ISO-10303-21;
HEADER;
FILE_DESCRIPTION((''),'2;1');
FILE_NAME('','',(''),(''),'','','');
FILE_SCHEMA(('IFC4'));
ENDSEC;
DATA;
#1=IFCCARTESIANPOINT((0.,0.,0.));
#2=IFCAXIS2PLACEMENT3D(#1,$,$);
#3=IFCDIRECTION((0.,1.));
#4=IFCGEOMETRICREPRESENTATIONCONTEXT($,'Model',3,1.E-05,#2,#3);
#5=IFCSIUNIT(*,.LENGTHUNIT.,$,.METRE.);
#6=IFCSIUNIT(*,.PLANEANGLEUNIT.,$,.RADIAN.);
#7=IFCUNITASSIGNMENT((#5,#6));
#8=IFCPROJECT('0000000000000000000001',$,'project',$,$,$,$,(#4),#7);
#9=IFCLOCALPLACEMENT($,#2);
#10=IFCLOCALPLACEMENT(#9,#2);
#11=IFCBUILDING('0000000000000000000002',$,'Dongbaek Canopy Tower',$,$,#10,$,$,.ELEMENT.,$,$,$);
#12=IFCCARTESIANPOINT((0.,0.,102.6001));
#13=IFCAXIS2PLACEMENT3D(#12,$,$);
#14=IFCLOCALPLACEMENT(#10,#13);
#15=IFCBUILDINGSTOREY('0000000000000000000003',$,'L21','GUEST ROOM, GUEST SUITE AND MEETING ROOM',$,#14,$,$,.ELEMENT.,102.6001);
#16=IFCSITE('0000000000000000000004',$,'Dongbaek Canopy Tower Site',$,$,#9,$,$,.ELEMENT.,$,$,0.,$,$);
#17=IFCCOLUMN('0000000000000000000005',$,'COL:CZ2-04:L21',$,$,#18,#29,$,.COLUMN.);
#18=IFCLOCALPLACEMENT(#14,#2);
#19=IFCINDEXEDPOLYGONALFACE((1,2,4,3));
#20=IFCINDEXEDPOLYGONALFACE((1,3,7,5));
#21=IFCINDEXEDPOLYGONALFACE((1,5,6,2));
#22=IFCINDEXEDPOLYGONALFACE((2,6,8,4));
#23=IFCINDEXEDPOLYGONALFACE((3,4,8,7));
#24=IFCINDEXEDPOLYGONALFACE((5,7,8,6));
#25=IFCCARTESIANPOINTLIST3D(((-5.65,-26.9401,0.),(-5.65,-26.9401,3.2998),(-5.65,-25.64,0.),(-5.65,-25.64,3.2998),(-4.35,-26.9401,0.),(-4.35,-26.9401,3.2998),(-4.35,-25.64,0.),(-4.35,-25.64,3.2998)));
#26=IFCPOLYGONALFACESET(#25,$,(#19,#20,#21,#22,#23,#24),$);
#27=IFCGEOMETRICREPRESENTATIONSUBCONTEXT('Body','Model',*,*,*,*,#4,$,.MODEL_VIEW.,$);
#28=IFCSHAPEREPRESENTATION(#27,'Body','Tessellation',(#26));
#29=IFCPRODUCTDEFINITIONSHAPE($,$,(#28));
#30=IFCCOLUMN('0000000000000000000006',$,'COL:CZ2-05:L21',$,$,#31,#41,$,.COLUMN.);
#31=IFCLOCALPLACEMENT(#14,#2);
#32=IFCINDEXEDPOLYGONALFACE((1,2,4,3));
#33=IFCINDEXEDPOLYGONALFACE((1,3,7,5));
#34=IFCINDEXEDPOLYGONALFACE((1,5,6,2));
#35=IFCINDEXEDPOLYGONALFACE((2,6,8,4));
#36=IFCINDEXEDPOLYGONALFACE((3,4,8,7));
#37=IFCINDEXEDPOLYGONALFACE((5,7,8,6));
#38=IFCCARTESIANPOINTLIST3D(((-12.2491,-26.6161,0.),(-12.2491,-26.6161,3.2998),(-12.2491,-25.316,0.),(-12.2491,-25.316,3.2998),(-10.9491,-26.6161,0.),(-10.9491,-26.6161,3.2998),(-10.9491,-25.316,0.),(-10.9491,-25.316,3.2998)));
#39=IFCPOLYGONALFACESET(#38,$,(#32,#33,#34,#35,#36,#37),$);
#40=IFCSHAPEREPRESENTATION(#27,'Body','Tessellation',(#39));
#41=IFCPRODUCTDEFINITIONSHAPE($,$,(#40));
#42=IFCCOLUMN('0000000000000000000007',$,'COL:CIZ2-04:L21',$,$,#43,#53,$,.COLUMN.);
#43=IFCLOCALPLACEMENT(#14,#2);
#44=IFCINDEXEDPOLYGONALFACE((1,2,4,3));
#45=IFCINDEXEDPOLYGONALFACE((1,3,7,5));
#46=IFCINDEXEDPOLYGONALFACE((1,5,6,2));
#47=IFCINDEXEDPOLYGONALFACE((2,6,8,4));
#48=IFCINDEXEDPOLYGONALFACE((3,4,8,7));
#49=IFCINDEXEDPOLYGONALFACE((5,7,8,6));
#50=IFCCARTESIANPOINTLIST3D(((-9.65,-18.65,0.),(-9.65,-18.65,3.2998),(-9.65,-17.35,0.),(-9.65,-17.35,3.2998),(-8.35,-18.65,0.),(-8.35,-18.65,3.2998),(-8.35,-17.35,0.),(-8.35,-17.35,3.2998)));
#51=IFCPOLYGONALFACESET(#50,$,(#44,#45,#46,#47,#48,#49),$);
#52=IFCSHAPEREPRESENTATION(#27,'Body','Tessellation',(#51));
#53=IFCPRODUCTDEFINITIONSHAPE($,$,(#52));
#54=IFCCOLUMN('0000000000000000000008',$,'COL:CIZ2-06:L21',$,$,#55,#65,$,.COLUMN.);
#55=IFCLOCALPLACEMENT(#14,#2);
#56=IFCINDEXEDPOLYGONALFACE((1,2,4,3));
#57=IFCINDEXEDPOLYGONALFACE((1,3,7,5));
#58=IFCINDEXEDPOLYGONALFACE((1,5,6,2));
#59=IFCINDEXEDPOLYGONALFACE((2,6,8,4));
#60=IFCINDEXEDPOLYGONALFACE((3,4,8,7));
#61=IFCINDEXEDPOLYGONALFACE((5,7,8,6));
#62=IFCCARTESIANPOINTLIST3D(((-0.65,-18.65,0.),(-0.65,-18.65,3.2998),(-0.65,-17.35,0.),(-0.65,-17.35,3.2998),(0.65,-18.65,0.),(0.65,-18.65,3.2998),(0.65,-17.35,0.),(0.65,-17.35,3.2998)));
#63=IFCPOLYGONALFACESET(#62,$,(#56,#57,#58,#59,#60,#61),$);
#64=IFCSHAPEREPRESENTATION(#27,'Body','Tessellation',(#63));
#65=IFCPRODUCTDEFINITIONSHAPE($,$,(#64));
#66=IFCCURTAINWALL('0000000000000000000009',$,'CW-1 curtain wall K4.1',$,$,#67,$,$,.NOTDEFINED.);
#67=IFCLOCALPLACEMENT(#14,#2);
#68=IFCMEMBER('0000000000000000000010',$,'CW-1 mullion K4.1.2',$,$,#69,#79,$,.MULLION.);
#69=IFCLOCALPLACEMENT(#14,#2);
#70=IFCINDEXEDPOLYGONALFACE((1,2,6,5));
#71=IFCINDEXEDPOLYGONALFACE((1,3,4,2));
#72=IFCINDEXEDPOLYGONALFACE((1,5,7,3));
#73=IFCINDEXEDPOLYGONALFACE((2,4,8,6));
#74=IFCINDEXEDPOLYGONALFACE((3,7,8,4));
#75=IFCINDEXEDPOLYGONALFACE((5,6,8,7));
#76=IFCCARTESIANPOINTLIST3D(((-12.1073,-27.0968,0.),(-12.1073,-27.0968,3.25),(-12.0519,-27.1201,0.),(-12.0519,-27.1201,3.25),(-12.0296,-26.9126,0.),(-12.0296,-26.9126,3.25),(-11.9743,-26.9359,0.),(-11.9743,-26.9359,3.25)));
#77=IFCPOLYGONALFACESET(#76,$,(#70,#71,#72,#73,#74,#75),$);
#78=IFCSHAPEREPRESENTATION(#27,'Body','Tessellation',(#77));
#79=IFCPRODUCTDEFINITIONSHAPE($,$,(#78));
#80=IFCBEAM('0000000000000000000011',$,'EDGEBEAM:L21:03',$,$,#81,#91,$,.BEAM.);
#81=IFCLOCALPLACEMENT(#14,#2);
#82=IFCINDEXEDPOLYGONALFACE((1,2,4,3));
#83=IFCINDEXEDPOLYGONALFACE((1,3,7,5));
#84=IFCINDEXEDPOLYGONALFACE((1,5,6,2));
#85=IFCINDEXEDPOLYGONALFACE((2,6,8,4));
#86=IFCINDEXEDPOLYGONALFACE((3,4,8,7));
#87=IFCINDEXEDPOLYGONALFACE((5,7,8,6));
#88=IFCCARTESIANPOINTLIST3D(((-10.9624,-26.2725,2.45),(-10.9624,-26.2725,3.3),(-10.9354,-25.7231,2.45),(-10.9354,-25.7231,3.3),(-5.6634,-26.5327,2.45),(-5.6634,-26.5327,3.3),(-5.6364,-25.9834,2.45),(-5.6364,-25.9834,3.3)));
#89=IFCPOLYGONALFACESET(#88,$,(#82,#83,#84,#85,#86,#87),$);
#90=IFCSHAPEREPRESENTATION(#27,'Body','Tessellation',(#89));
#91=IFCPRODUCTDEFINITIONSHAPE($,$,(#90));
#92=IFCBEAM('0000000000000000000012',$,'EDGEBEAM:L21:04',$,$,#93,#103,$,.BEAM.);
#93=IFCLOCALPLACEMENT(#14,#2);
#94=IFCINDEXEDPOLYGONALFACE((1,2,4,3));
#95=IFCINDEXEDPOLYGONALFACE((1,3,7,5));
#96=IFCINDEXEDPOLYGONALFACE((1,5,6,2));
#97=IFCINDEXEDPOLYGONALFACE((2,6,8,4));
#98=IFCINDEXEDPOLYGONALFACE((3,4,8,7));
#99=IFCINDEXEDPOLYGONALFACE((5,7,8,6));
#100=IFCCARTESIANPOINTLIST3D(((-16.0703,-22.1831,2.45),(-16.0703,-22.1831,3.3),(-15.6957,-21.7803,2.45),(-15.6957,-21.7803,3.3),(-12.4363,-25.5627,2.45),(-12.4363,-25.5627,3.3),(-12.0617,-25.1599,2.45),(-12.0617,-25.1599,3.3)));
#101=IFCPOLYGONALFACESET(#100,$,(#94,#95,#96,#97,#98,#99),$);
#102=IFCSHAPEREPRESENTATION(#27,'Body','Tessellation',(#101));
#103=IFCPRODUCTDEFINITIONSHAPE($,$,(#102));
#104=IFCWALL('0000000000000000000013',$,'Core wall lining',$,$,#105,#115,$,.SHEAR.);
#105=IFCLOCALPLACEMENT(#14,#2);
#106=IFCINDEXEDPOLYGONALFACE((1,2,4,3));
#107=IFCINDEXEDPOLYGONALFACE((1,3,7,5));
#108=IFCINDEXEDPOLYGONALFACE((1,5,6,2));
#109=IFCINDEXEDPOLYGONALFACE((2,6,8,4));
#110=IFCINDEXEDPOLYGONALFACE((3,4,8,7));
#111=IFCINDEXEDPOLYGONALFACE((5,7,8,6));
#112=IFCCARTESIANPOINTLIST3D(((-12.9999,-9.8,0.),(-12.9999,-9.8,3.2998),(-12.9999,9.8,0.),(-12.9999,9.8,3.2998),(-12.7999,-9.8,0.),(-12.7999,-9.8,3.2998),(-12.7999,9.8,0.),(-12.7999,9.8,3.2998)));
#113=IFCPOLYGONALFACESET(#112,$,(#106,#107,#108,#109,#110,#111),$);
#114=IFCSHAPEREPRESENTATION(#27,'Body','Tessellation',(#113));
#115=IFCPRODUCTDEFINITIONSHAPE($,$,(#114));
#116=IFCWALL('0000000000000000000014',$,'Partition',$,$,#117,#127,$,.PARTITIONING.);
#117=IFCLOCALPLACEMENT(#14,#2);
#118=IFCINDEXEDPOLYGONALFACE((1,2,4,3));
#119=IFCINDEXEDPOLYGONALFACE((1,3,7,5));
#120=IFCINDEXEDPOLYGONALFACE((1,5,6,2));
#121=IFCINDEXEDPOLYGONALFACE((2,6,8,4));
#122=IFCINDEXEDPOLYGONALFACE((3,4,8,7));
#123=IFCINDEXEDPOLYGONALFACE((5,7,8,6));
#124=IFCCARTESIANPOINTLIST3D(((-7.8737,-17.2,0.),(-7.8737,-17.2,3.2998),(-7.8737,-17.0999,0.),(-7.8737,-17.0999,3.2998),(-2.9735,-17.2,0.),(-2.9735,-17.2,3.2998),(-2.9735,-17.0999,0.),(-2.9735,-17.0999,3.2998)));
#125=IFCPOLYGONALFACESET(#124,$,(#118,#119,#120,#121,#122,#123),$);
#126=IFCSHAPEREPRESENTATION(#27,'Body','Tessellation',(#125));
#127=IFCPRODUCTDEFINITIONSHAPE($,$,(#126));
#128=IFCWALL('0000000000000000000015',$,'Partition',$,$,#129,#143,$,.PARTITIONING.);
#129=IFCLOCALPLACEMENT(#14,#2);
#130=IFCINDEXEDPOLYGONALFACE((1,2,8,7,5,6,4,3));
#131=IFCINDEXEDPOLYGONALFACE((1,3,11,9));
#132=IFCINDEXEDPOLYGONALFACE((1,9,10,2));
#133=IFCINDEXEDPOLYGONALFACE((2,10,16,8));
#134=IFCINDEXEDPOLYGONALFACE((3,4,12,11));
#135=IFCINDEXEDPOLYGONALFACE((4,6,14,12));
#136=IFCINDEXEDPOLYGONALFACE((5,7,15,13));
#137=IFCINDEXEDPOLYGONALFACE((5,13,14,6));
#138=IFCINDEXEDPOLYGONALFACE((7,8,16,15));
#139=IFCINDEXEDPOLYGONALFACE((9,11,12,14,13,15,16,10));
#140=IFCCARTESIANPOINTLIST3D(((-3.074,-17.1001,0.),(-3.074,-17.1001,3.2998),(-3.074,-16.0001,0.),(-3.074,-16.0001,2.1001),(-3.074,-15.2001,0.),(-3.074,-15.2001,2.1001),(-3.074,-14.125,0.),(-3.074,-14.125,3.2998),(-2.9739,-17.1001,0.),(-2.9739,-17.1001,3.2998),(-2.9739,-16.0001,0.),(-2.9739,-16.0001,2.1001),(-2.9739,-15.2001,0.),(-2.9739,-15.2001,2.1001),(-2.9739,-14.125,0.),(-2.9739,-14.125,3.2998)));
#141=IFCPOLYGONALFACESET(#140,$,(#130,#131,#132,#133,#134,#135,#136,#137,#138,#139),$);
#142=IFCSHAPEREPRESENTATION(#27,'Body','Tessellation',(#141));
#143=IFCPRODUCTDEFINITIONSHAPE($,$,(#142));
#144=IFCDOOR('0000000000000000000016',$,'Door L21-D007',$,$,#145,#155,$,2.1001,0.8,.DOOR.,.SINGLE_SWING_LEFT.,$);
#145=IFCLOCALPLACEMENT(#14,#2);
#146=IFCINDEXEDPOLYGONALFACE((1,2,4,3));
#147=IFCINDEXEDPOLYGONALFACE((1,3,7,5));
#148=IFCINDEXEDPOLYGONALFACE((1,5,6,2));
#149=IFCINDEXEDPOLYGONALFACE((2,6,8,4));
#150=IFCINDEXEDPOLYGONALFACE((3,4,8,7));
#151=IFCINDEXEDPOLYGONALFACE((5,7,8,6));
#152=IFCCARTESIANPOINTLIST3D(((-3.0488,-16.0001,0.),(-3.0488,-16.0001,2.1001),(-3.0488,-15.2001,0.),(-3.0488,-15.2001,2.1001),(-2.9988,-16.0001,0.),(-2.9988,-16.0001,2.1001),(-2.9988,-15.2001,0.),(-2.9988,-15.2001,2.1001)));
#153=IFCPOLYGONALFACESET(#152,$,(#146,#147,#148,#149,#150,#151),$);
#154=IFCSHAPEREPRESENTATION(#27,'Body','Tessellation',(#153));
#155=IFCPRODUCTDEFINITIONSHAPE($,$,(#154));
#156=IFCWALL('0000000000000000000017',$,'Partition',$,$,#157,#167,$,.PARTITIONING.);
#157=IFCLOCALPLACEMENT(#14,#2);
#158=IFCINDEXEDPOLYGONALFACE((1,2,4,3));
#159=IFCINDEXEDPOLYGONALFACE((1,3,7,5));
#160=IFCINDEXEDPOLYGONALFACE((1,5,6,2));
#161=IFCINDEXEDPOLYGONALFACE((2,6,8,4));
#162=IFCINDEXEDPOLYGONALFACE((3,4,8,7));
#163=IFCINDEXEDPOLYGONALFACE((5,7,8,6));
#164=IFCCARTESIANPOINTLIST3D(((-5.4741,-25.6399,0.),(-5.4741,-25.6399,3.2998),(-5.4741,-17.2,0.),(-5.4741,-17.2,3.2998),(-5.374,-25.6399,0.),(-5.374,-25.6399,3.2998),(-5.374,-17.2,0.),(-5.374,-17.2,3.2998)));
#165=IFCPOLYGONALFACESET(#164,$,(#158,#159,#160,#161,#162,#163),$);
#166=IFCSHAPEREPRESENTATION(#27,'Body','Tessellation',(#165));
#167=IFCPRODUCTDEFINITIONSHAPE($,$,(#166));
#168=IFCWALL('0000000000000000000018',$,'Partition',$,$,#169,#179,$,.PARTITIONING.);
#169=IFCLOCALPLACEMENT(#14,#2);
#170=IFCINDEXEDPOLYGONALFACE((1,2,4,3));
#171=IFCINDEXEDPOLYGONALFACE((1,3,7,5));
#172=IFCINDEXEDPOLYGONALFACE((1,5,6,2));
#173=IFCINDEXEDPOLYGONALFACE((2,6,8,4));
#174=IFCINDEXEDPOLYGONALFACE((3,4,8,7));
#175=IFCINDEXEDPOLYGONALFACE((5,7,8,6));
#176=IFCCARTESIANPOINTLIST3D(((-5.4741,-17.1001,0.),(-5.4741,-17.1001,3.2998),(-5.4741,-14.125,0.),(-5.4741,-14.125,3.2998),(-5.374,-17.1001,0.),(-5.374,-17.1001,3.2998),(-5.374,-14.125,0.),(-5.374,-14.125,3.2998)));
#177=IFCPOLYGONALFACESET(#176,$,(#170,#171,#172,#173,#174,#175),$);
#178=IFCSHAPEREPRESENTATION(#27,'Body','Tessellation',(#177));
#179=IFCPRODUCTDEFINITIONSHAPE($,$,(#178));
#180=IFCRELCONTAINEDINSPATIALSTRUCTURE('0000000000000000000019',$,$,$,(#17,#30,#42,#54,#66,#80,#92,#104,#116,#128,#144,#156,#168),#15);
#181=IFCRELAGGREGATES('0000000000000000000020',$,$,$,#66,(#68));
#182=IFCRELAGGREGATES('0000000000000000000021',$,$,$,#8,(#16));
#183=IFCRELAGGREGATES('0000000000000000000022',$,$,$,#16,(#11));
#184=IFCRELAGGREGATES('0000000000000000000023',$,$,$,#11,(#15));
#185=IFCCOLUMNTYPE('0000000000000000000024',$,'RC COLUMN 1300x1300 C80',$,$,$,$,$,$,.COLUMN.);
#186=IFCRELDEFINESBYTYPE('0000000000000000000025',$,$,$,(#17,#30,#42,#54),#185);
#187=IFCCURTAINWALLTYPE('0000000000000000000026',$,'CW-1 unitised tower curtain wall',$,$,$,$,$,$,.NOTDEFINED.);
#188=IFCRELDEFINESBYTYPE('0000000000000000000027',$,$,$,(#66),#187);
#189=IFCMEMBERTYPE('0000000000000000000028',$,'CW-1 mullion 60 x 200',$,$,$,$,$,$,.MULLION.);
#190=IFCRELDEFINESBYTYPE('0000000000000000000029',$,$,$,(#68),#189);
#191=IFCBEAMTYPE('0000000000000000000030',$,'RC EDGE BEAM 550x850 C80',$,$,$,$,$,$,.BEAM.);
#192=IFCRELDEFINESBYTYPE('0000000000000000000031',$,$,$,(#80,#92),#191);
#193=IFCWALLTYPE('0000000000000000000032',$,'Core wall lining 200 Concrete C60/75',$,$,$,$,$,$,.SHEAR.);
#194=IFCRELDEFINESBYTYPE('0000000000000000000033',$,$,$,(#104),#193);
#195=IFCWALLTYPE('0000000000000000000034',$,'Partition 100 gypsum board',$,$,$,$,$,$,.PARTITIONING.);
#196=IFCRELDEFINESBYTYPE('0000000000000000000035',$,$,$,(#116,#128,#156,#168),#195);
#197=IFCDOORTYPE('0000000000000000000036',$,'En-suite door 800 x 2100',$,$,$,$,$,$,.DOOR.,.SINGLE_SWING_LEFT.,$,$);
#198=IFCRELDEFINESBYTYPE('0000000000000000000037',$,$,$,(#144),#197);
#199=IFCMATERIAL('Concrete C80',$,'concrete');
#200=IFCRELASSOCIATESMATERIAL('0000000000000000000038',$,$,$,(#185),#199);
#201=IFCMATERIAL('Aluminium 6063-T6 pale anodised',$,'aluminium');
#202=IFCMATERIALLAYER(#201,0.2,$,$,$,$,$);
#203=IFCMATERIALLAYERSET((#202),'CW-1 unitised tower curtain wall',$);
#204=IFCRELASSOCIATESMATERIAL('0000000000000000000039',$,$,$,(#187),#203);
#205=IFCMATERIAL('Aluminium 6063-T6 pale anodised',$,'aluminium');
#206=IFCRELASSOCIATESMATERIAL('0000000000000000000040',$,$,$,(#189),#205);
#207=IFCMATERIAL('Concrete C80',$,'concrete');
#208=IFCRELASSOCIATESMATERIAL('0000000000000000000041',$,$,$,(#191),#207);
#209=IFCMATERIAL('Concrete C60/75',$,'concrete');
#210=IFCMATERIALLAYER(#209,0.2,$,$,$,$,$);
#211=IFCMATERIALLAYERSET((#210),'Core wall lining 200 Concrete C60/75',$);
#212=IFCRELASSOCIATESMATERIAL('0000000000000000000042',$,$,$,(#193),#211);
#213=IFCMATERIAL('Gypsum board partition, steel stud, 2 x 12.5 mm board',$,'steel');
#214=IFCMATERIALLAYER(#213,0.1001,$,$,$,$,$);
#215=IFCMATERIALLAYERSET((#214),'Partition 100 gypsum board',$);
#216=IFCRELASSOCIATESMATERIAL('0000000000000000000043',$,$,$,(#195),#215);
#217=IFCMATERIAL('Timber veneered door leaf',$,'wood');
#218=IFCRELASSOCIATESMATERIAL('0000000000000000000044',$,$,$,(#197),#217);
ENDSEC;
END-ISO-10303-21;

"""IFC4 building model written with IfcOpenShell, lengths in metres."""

from ifc_helpers import new_model, si_unit, direction, frame, frame_2d, origin, origin_2d, place, context, subcontext, project, spatial, rectangle, extrude, material, layer, layer_set, material_profile, profile_set, type_object, element, fill, aggregate, save


model = new_model("IFC4")

# Units and contexts
model_context = context("Model", 3, precision=1e-05, world=origin(), true_north=direction((0.0, 1.0)))
body_context = subcontext(model_context, "Body", "Model", "MODEL_VIEW")
ifc_project = project(units=[si_unit("LENGTHUNIT", "METRE"), si_unit("PLANEANGLEUNIT", "RADIAN")], contexts=[model_context])

# Site, building, storey
site_placement = place(None, origin())
site = spatial("IfcSite", under=ifc_project, at=site_placement, Name="Dongbaek Canopy Tower Site", CompositionType="ELEMENT", RefElevation=0.0)
building_placement = place(site_placement, origin())
building = spatial("IfcBuilding", under=site, at=building_placement, Name="Dongbaek Canopy Tower", CompositionType="ELEMENT")
storey_placement = place(building_placement, frame((0.0, 0.0, 102.6001)))
storey = spatial("IfcBuildingStorey", under=building, at=storey_placement, Name="L21", Description="GUEST ROOM, GUEST SUITE AND MEETING ROOM", CompositionType="ELEMENT", Elevation=102.6001)

# Columns
ifc_material_1 = material(Name="Concrete C80", Category="concrete")
ifc_material_profile_1 = material_profile(ifc_material_1, rectangle(XDim=1.3, YDim=1.3, at=origin_2d()), Name="RC COLUMN 1300x1300 C80")
ifc_profile_set_1 = profile_set([ifc_material_profile_1], Name="Concrete C80")
column_type = type_object("IfcColumnType", Name="RC COLUMN 1300x1300 C80", PredefinedType="COLUMN", material=ifc_profile_set_1)
for number, where, z_axis, x_axis, name in (
    (1, (-5.0, -26.29, 0.0), (0.0, 0.0, 1.0), (1.0, 0.0, 0.0), "COL:CZ2-04:L21"),
    (2, (-11.5991, -25.9661, 0.0), (0.0, 0.0, 1.0), (1.0, 0.0, 0.0), "COL:CZ2-05:L21"),
    (3, (-9.0, -18.0, 0.0), (0.0, 0.0, 1.0), (1.0, 0.0, 0.0), "COL:CIZ2-04:L21"),
    (4, (0.0, -18.0, 0.0), (0.0, 0.0, 1.0), (1.0, 0.0, 0.0), "COL:CIZ2-06:L21"),
):
    element("IfcColumn", number, at=place(storey_placement, frame(where, z_axis=z_axis, x_axis=x_axis)), inside=storey, type_object=column_type, Name=name, PredefinedType="COLUMN", context=body_context, shape_type="SweptSolid", body=[
        extrude(rectangle(XDim=1.3, YDim=1.3, at=origin_2d()), origin(), (0.0, 0.0, 1.0), 3.2998),
    ])

# Curtain wall, member
ifc_material_2 = material(Name="Aluminium 6063-T6 pale anodised", Category="aluminium")
ifc_layer_1 = layer(ifc_material_2, 0.2)
ifc_layer_set_1 = layer_set([ifc_layer_1], Name="CW-1 unitised tower curtain wall")
curtain_wall_type = type_object("IfcCurtainWallType", Name="CW-1 unitised tower curtain wall", PredefinedType="NOTDEFINED", material=ifc_layer_set_1)
curtain_wall_placement = place(storey_placement, origin())
curtain_wall = element("IfcCurtainWall", 5, at=curtain_wall_placement, inside=storey, type_object=curtain_wall_type, Name="CW-1 curtain wall K4.1", PredefinedType="NOTDEFINED")
ifc_material_3 = material(Name="Aluminium 6063-T6 pale anodised", Category="aluminium")
ifc_material_profile_2 = material_profile(ifc_material_3, rectangle(XDim=0.2, YDim=0.0601, at=origin_2d()), Name="CW-1 mullion 60 x 200")
ifc_profile_set_2 = profile_set([ifc_material_profile_2], Name="Aluminium 6063-T6 pale anodised")
member_type = type_object("IfcMemberType", Name="CW-1 mullion 60 x 200", PredefinedType="MULLION", material=ifc_profile_set_2)
member_placement = place(storey_placement, frame((-12.0408, -27.0164, 0.0), z_axis=(0.0, 0.0, 1.0), x_axis=(-0.38849, -0.921453, 0.0)))
member = element("IfcMember", 6, at=member_placement, type_object=member_type, Name="CW-1 mullion K4.1.2", PredefinedType="MULLION", context=body_context, shape_type="SweptSolid", body=[
    extrude(rectangle(XDim=0.2, YDim=0.0601, at=origin_2d()), origin(), (0.0, 0.0, 1.0), 3.25),
])
aggregate(curtain_wall, [member])

# Beams
ifc_material_4 = material(Name="Concrete C80", Category="concrete")
ifc_material_profile_3 = material_profile(ifc_material_4, rectangle(XDim=0.55, YDim=0.8501, at=origin_2d()), Name="RC EDGE BEAM 550x850 C80")
ifc_profile_set_3 = profile_set([ifc_material_profile_3], Name="Concrete C80")
beam_type = type_object("IfcBeamType", Name="RC EDGE BEAM 550x850 C80", PredefinedType="BEAM", material=ifc_profile_set_3)
beam_1_placement = place(storey_placement, frame((-5.6499, -26.2581, 2.875), z_axis=(-0.998796, 0.049054, 0.0), x_axis=(-0.049054, -0.998796, 0.0)))
element("IfcBeam", 7, at=beam_1_placement, inside=storey, type_object=beam_type, Name="EDGEBEAM:L21:03", PredefinedType="BEAM", context=body_context, shape_type="SweptSolid", body=[
    extrude(rectangle(XDim=0.55, YDim=0.8501, at=origin_2d()), origin(), (0.0, 0.0, 1.0), 5.3054),
])
beam_2_placement = place(storey_placement, frame((-12.249, -25.3613, 2.875), z_axis=(-0.732273, 0.681011, 0.0), x_axis=(-0.681011, -0.732273, 0.0)))
element("IfcBeam", 8, at=beam_2_placement, inside=storey, type_object=beam_type, Name="EDGEBEAM:L21:04", PredefinedType="BEAM", context=body_context, shape_type="SweptSolid", body=[
    extrude(rectangle(XDim=0.55, YDim=0.8501, at=origin_2d()), origin(), (0.0, 0.0, 1.0), 4.9626),
])

# Walls
ifc_material_5 = material(Name="Concrete C60/75", Category="concrete")
ifc_layer_2 = layer(ifc_material_5, 0.2)
ifc_layer_set_2 = layer_set([ifc_layer_2], Name="Core wall lining 200 Concrete C60/75")
wall_type_1 = type_object("IfcWallType", Name="Core wall lining 200 Concrete C60/75", PredefinedType="SHEAR", material=ifc_layer_set_2)
wall_1_placement = place(storey_placement, frame((-12.8999, -9.8, 0.0), z_axis=(0.0, 0.0, 1.0), x_axis=(0.0, 1.0, 0.0)))
element("IfcWall", 9, at=wall_1_placement, inside=storey, type_object=wall_type_1, Name="Core wall lining", PredefinedType="SHEAR", context=body_context, shape_type="SweptSolid", body=[
    extrude(rectangle(XDim=19.6001, YDim=0.2, at=frame_2d((9.8, 0.0))), origin(), (0.0, 0.0, 1.0), 3.2998),
])
ifc_material_6 = material(Name="Gypsum board partition, steel stud, 2 x 12.5 mm board", Category="steel")
ifc_layer_3 = layer(ifc_material_6, 0.1001)
ifc_layer_set_3 = layer_set([ifc_layer_3], Name="Partition 100 gypsum board")
wall_type_2 = type_object("IfcWallType", Name="Partition 100 gypsum board", PredefinedType="PARTITIONING", material=ifc_layer_set_3)
wall_2_placement = place(storey_placement, frame((-7.8738, -17.1499, 0.0), z_axis=(0.0, 0.0, 1.0), x_axis=(1.0, 0.0, 0.0)))
element("IfcWall", 10, at=wall_2_placement, inside=storey, type_object=wall_type_2, Name="Partition", PredefinedType="PARTITIONING", context=body_context, shape_type="SweptSolid", body=[
    extrude(rectangle(XDim=4.9001, YDim=0.1001, at=frame_2d((2.4502, 0.0))), origin(), (0.0, 0.0, 1.0), 3.2998),
])

# Wall, opening, door
wall_3_placement = place(storey_placement, frame((-3.0239, -17.1001, 0.0), z_axis=(0.0, 0.0, 1.0), x_axis=(0.0, 1.0, 0.0)))
wall_3 = element("IfcWall", 11, at=wall_3_placement, inside=storey, type_object=wall_type_2, Name="Partition", PredefinedType="PARTITIONING", context=body_context, shape_type="SweptSolid", body=[
    extrude(rectangle(XDim=2.9751, YDim=0.1001, at=frame_2d((1.4875, 0.0))), origin(), (0.0, 0.0, 1.0), 3.2998),
])
opening_1_placement = place(wall_3_placement, frame((1.1001, 0.0, 0.0)))
opening_1 = element("IfcOpeningElement", 12, at=opening_1_placement, cuts=wall_3, PredefinedType="OPENING", context=body_context, shape_type="SweptSolid", body=[
    extrude(rectangle(XDim=0.8, YDim=2.1001, at=frame_2d((0.3999, 1.05))), frame((0.0, 0.0601, 0.0), z_axis=(0.0, -1.0, 0.0), x_axis=(1.0, 0.0, 0.0)), (0.0, 0.0, 1.0), 0.1201),
])
ifc_material_7 = material(Name="Timber veneered door leaf", Category="wood")
door_type = type_object("IfcDoorType", Name="En-suite door 800 x 2100", OperationType="SINGLE_SWING_LEFT", PredefinedType="DOOR", material=ifc_material_7)
door_1_placement = place(opening_1_placement, origin())
door_1 = element("IfcDoor", 13, at=door_1_placement, inside=storey, type_object=door_type, Name="Door L21-D007", OperationType="SINGLE_SWING_LEFT", OverallHeight=2.1001, OverallWidth=0.8, PredefinedType="DOOR", context=body_context, shape_type="SweptSolid", body=[
    extrude(rectangle(XDim=0.8, YDim=2.1001, at=frame_2d((0.3999, 1.05))), frame((0.0, 0.0249, 0.0), z_axis=(0.0, -1.0, 0.0), x_axis=(1.0, 0.0, 0.0)), (0.0, 0.0, 1.0), 0.05),
])
fill(opening_1, door_1)

# Walls
wall_4_placement = place(storey_placement, frame((-5.4241, -25.6399, 0.0), z_axis=(0.0, 0.0, 1.0), x_axis=(0.0, 1.0, 0.0)))
element("IfcWall", 14, at=wall_4_placement, inside=storey, type_object=wall_type_2, Name="Partition", PredefinedType="PARTITIONING", context=body_context, shape_type="SweptSolid", body=[
    extrude(rectangle(XDim=8.4399, YDim=0.1001, at=frame_2d((4.22, 0.0))), origin(), (0.0, 0.0, 1.0), 3.2998),
])
wall_5_placement = place(storey_placement, frame((-5.4241, -17.1001, 0.0), z_axis=(0.0, 0.0, 1.0), x_axis=(0.0, 1.0, 0.0)))
element("IfcWall", 15, at=wall_5_placement, inside=storey, type_object=wall_type_2, Name="Partition", PredefinedType="PARTITIONING", context=body_context, shape_type="SweptSolid", body=[
    extrude(rectangle(XDim=2.9751, YDim=0.1001, at=frame_2d((1.4875, 0.0))), origin(), (0.0, 0.0, 1.0), 3.2998),
])

save(model, "model.ifc")
